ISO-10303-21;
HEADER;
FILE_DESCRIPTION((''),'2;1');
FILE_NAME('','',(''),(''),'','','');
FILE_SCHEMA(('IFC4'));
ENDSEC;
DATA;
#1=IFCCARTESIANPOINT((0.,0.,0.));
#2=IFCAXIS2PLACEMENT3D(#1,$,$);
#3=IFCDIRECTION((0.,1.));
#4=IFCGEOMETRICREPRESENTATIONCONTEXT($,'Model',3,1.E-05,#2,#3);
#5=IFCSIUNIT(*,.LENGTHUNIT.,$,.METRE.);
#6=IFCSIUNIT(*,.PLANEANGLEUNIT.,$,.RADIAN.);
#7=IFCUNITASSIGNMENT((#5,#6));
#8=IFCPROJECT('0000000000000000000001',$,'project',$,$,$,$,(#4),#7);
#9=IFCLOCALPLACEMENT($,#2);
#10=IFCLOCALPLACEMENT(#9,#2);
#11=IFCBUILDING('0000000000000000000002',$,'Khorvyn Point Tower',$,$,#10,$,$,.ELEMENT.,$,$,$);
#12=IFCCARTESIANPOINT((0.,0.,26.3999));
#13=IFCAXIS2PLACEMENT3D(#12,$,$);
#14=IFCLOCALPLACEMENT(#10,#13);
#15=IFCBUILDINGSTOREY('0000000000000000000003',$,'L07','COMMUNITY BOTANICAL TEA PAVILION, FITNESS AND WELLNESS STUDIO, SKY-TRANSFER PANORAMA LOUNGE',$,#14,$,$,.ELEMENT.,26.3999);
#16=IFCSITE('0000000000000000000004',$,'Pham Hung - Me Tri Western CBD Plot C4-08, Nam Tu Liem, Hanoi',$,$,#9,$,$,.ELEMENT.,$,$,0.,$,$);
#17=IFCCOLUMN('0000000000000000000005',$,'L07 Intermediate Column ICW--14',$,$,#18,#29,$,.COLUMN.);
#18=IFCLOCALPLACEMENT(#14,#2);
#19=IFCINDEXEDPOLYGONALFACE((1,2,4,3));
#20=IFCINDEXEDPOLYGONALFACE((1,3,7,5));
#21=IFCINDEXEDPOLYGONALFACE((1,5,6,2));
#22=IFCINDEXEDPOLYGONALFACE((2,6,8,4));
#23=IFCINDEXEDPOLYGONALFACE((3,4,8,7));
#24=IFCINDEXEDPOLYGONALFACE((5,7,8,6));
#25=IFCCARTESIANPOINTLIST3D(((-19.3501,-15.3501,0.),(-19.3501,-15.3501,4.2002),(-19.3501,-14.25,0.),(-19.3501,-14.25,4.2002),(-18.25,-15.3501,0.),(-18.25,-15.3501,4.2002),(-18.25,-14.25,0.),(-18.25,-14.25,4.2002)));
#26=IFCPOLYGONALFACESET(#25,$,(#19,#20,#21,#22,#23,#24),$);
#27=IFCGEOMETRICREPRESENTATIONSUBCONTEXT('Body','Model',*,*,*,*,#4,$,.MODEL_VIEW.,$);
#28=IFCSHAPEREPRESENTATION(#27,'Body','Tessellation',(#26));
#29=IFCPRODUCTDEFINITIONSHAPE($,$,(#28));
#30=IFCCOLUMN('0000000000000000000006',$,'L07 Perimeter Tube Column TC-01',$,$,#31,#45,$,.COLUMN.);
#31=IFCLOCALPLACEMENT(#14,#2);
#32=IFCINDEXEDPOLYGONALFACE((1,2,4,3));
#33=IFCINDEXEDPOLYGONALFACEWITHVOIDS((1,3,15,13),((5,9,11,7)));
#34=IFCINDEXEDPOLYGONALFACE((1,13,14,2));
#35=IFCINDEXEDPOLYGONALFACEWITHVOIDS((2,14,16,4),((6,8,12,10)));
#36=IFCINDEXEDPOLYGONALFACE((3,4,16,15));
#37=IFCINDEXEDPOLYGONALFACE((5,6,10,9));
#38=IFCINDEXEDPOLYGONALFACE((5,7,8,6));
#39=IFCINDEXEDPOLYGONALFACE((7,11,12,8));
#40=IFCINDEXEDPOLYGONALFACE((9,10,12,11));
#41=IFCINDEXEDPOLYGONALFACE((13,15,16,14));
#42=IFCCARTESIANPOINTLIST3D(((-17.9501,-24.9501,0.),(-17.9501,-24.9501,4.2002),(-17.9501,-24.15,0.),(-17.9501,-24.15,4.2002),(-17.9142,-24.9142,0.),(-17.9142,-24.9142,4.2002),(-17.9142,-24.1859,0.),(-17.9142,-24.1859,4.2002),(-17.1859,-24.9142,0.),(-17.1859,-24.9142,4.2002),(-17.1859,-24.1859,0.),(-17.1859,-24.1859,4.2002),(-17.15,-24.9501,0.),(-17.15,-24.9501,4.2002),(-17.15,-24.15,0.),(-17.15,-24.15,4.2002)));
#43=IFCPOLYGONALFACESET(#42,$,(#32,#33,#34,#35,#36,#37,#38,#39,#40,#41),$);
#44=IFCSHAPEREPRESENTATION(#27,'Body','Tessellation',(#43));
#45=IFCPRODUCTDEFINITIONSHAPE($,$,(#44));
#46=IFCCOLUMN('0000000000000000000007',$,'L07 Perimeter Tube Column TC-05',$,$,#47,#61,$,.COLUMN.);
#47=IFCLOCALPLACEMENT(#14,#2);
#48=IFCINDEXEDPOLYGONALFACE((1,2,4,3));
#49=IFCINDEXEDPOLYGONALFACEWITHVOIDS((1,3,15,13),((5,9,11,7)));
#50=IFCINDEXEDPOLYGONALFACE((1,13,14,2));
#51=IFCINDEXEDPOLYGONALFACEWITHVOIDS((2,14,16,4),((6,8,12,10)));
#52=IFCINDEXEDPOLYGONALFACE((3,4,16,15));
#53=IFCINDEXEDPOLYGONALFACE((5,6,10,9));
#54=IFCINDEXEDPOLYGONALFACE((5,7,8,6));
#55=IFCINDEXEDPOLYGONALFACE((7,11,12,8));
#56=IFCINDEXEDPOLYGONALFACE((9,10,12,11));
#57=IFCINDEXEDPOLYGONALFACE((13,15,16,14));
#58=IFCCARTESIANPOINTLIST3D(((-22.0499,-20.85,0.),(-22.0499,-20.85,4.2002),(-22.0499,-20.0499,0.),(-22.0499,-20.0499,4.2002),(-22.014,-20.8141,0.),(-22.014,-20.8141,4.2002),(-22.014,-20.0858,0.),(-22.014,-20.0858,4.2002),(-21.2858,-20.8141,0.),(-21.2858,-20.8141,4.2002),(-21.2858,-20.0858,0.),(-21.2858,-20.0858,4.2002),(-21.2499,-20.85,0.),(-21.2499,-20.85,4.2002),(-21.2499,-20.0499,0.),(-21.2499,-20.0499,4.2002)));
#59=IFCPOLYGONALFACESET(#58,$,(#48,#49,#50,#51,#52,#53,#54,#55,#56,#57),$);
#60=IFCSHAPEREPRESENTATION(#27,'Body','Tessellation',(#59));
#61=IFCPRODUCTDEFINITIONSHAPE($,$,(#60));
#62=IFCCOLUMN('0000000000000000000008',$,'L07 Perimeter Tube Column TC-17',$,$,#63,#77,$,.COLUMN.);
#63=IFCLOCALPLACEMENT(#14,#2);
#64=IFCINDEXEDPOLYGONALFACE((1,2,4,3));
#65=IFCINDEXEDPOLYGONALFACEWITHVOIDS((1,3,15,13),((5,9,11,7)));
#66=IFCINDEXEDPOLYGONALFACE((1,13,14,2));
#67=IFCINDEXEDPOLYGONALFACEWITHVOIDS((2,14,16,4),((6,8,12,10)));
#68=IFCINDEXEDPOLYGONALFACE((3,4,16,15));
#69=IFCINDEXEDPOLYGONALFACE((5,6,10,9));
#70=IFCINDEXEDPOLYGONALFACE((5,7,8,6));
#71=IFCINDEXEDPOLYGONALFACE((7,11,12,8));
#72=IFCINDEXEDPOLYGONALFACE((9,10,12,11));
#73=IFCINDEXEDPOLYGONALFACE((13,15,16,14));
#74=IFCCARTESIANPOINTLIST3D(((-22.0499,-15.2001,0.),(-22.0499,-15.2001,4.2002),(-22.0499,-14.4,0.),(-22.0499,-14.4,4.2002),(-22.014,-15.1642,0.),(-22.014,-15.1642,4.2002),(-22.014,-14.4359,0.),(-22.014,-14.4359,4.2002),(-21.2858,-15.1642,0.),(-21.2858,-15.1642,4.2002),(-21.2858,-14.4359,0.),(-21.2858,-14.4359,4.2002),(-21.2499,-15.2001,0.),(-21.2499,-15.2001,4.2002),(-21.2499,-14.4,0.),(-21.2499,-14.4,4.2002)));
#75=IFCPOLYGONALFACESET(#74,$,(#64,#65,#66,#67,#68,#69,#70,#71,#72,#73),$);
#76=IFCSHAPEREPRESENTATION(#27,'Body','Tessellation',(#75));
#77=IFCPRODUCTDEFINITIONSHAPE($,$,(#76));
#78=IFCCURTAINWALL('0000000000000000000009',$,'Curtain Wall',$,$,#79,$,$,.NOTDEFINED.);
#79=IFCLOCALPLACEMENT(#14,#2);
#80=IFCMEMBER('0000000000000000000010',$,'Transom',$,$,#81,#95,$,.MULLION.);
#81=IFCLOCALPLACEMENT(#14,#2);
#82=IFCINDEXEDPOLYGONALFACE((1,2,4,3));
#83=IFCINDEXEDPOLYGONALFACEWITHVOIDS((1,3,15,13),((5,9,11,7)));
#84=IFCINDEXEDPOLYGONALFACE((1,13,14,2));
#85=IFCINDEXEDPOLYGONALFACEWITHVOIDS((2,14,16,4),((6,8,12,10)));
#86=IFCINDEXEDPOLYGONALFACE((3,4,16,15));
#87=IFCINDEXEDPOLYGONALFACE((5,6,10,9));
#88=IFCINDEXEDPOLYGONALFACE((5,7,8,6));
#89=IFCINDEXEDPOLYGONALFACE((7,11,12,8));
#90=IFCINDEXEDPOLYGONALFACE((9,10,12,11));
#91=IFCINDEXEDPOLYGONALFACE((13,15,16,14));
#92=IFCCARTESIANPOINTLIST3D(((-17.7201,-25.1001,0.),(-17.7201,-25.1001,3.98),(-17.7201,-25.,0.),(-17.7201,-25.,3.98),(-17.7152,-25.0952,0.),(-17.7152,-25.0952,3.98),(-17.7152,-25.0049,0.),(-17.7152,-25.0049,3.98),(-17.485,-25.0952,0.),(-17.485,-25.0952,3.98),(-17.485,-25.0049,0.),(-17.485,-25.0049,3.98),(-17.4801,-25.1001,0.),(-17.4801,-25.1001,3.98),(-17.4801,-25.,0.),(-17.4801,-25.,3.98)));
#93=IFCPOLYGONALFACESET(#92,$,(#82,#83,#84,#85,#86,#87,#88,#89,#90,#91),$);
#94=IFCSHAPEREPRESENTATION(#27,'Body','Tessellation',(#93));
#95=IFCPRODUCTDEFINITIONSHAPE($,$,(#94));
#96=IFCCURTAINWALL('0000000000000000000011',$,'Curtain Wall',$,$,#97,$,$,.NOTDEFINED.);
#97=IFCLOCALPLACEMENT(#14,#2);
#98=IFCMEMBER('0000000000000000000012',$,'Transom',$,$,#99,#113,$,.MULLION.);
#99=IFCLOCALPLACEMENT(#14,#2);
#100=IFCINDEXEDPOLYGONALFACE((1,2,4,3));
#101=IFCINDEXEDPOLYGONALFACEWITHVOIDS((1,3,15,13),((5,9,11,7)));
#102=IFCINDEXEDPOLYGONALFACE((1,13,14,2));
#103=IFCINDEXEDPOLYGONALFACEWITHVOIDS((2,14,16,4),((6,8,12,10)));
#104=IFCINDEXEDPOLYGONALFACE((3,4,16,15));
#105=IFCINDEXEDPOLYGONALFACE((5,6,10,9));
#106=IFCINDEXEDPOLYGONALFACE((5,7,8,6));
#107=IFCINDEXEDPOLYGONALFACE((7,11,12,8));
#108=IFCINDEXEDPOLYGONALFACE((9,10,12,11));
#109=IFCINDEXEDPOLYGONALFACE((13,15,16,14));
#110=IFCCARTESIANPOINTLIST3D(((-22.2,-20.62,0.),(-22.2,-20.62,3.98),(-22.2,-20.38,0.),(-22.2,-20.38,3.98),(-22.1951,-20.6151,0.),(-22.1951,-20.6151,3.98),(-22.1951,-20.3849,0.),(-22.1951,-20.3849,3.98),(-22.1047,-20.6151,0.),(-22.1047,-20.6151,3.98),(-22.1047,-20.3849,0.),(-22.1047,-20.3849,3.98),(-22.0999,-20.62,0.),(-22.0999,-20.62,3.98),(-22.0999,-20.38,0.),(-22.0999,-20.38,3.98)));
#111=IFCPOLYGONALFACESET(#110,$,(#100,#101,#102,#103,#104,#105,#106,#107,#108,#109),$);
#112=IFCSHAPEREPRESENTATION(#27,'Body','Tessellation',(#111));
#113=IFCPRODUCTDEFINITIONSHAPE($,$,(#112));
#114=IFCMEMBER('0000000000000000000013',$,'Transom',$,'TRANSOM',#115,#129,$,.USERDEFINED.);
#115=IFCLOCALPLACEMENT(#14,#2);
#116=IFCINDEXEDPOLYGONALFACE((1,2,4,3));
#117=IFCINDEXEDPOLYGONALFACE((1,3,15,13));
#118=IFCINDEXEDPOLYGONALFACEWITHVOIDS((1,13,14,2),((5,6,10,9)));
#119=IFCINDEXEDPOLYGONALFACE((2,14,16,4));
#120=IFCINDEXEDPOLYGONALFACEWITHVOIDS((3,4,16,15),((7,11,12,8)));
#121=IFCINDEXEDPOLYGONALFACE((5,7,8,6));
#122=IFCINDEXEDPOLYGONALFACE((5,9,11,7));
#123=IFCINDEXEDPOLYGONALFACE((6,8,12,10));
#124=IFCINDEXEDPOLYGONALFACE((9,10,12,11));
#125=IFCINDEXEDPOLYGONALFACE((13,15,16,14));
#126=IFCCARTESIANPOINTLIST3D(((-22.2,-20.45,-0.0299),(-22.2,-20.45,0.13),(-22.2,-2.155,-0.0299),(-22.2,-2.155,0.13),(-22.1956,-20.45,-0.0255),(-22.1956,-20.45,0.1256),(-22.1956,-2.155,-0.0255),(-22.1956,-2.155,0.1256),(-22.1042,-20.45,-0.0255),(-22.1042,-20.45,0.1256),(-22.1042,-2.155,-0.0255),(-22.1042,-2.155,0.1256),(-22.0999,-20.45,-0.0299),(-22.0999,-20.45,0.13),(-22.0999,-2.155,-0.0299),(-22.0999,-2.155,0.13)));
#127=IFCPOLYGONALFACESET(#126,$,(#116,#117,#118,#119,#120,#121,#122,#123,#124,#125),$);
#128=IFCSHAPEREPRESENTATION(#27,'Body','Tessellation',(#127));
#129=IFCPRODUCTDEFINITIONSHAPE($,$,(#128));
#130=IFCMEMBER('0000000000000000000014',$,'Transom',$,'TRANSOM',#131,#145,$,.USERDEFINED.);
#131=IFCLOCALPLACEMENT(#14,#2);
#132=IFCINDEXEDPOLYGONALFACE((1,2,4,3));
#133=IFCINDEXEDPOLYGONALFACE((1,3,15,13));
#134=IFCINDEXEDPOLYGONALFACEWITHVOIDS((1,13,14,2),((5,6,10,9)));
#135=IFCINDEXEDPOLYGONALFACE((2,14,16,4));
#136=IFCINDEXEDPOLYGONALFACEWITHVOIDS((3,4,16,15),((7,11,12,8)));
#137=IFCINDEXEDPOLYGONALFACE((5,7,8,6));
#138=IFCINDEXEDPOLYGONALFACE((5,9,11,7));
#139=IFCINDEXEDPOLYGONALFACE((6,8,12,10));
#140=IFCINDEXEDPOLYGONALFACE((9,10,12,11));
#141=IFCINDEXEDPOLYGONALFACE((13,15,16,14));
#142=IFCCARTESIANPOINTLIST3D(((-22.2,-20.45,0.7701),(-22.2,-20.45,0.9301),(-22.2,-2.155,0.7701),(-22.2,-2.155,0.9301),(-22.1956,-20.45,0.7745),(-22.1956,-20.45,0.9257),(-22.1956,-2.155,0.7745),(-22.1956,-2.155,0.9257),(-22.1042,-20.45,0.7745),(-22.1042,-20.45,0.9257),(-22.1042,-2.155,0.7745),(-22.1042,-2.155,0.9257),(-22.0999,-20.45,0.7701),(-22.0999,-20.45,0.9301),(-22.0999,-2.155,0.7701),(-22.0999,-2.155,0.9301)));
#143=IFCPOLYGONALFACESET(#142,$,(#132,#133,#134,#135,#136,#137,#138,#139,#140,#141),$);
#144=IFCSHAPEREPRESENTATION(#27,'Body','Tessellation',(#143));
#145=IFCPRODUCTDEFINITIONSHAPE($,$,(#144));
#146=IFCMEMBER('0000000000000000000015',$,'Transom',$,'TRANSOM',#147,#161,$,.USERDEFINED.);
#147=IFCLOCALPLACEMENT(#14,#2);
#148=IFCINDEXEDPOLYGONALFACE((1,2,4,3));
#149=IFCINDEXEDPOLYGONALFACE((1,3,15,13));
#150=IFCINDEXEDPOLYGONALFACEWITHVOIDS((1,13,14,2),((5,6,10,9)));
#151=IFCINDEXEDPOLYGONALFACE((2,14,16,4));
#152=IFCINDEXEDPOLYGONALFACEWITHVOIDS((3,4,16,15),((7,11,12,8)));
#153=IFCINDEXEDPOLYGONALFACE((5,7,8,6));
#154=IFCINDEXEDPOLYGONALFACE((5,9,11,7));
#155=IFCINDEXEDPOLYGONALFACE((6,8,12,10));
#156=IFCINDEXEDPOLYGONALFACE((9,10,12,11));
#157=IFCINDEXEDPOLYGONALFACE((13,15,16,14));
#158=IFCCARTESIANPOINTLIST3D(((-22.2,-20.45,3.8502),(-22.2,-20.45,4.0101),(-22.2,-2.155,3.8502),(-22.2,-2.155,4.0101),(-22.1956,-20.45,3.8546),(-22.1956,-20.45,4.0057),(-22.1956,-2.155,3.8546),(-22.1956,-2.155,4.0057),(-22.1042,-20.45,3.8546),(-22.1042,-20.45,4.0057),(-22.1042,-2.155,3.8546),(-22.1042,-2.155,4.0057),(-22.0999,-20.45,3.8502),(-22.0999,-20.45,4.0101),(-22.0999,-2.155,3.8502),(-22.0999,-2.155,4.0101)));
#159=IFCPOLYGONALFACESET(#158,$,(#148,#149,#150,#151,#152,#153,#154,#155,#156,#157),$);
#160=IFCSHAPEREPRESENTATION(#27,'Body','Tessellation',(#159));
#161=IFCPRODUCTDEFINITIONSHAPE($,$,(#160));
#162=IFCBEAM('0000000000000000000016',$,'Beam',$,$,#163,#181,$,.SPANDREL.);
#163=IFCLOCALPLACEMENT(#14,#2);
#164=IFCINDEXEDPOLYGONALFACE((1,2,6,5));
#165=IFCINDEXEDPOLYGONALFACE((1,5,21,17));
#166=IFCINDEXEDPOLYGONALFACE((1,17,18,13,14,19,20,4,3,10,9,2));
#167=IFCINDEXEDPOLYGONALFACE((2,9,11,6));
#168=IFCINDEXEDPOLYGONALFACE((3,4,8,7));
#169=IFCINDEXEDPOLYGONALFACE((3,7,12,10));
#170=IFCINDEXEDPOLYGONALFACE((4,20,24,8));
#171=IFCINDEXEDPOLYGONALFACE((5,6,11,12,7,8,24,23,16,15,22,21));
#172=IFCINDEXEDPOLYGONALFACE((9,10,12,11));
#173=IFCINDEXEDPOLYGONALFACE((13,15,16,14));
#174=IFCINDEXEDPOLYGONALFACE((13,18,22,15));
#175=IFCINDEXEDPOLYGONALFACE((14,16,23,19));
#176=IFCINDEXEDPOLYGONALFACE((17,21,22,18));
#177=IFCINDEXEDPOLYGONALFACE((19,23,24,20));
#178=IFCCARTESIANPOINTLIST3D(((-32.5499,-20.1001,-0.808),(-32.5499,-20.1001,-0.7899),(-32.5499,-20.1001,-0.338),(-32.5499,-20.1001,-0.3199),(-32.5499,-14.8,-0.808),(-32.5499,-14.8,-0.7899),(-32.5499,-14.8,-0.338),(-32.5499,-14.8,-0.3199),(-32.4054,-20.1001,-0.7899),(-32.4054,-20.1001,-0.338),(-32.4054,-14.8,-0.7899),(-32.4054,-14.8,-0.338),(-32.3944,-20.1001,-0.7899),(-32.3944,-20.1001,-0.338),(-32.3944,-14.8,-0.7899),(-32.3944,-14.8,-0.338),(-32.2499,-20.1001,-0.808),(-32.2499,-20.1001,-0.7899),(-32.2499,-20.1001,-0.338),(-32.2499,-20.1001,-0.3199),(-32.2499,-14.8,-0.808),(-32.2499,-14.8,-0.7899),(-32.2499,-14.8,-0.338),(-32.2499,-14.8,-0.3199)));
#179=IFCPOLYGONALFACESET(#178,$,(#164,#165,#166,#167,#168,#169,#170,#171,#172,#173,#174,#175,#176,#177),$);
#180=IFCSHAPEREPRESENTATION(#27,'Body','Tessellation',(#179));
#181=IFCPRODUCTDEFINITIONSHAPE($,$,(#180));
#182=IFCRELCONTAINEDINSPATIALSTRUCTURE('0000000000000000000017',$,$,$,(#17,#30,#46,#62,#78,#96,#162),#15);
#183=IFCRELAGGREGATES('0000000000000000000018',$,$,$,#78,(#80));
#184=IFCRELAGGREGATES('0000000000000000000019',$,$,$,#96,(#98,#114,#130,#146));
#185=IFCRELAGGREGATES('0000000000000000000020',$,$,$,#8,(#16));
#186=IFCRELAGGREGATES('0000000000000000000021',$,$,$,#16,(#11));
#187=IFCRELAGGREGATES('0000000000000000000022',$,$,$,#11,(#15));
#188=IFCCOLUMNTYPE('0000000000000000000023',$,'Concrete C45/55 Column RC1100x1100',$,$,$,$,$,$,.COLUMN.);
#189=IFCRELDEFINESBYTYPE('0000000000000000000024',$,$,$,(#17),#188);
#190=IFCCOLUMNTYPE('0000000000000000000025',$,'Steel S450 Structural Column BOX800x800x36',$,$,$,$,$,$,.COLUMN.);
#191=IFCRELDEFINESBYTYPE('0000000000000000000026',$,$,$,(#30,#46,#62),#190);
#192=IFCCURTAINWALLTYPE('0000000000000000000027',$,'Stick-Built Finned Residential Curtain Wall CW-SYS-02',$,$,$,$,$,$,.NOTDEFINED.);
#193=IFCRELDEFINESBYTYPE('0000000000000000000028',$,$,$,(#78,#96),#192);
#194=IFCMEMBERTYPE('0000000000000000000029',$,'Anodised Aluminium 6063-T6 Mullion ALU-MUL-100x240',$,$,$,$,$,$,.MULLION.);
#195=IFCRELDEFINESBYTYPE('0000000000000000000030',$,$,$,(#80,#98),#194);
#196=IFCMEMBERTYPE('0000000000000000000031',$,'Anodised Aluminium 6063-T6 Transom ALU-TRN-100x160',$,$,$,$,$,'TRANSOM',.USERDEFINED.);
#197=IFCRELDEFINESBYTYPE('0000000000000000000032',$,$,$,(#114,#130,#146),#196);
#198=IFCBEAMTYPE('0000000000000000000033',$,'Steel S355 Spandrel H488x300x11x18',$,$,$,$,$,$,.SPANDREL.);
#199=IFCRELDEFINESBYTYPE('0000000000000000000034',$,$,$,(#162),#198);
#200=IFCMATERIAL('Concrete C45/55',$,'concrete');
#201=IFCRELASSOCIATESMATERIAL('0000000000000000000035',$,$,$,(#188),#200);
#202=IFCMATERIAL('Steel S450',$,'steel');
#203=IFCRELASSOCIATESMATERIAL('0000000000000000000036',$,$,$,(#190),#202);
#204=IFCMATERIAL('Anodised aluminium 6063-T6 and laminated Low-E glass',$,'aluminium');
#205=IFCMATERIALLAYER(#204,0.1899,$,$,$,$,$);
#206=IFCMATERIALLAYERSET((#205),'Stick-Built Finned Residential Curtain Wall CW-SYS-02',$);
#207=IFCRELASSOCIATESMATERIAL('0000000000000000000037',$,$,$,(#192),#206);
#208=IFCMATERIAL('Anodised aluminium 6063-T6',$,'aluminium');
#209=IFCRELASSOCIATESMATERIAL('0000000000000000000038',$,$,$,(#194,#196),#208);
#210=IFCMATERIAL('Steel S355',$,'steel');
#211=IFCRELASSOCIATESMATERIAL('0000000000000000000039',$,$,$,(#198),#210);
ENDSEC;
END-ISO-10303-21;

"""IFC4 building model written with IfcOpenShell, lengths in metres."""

from ifc_helpers import new_model, si_unit, direction, frame, origin, origin_2d, place, context, subcontext, project, spatial, rectangle, hollow_rectangle, i_section, extrude, material, layer, layer_set, material_profile, profile_set, type_object, element, aggregate, save


model = new_model("IFC4")

# Units and contexts
model_context = context("Model", 3, precision=1e-05, world=origin(), true_north=direction((0.0, 1.0)))
body_context = subcontext(model_context, "Body", "Model", "MODEL_VIEW")
ifc_project = project(units=[si_unit("LENGTHUNIT", "METRE"), si_unit("PLANEANGLEUNIT", "RADIAN")], contexts=[model_context])

# Site, building, storey
site_placement = place(None, origin())
site = spatial("IfcSite", under=ifc_project, at=site_placement, Name="Pham Hung - Me Tri Western CBD Plot C4-08, Nam Tu Liem, Hanoi", CompositionType="ELEMENT", RefElevation=0.0)
building_placement = place(site_placement, origin())
building = spatial("IfcBuilding", under=site, at=building_placement, Name="Khorvyn Point Tower", CompositionType="ELEMENT")
storey_placement = place(building_placement, frame((0.0, 0.0, 26.3999)))
storey = spatial("IfcBuildingStorey", under=building, at=storey_placement, Name="L07", Description="COMMUNITY BOTANICAL TEA PAVILION, FITNESS AND WELLNESS STUDIO, SKY-TRANSFER PANORAMA LOUNGE", CompositionType="ELEMENT", Elevation=26.3999)

# Columns
ifc_material_1 = material(Name="Concrete C45/55", Category="concrete")
ifc_material_profile_1 = material_profile(ifc_material_1, rectangle(XDim=1.1001, YDim=1.1001, at=origin_2d()))
ifc_profile_set_1 = profile_set([ifc_material_profile_1], Name="Concrete C45/55 RC1100x1100")
column_type_1 = type_object("IfcColumnType", Name="Concrete C45/55 Column RC1100x1100", PredefinedType="COLUMN", material=ifc_profile_set_1)
column_placement = place(storey_placement, frame((-18.8, -14.8, 0.0), z_axis=(0.0, 0.0, 1.0), x_axis=(1.0, 0.0, 0.0)))
element("IfcColumn", 1, at=column_placement, inside=storey, type_object=column_type_1, Name="L07 Intermediate Column ICW--14", PredefinedType="COLUMN", context=body_context, shape_type="SweptSolid", body=[
    extrude(rectangle(XDim=1.1001, YDim=1.1001, at=origin_2d()), origin(), (0.0, 0.0, 1.0), 4.2002),
])
ifc_material_2 = material(Name="Steel S450", Category="steel")
ifc_material_profile_2 = material_profile(ifc_material_2, hollow_rectangle(XDim=0.8, YDim=0.8, WallThickness=0.0359, at=origin_2d()))
ifc_profile_set_2 = profile_set([ifc_material_profile_2], Name="Steel S450 BOX800x800x36")
column_type_2 = type_object("IfcColumnType", Name="Steel S450 Structural Column BOX800x800x36", PredefinedType="COLUMN", material=ifc_profile_set_2)
for number, where, z_axis, x_axis, name in (
    (2, (-17.55, -24.55, 0.0), (0.0, 0.0, 1.0), (1.0, 0.0, 0.0), "L07 Perimeter Tube Column TC-01"),
    (3, (-21.6499, -20.45, 0.0), (0.0, 0.0, 1.0), (1.0, 0.0, 0.0), "L07 Perimeter Tube Column TC-05"),
    (4, (-21.6499, -14.8, 0.0), (0.0, 0.0, 1.0), (1.0, 0.0, 0.0), "L07 Perimeter Tube Column TC-17"),
):
    element("IfcColumn", number, at=place(storey_placement, frame(where, z_axis=z_axis, x_axis=x_axis)), inside=storey, type_object=column_type_2, Name=name, PredefinedType="COLUMN", context=body_context, shape_type="SweptSolid", body=[
        extrude(hollow_rectangle(XDim=0.8, YDim=0.8, WallThickness=0.0359, at=origin_2d()), origin(), (0.0, 0.0, 1.0), 4.2002),
    ])

# Curtain wall, member
ifc_material_3 = material(Name="Anodised aluminium 6063-T6 and laminated Low-E glass", Category="aluminium")
ifc_layer_1 = layer(ifc_material_3, 0.1899)
ifc_layer_set_1 = layer_set([ifc_layer_1], Name="Stick-Built Finned Residential Curtain Wall CW-SYS-02")
curtain_wall_type = type_object("IfcCurtainWallType", Name="Stick-Built Finned Residential Curtain Wall CW-SYS-02", PredefinedType="NOTDEFINED", material=ifc_layer_set_1)
curtain_wall_1_placement = place(storey_placement, origin())
curtain_wall_1 = element("IfcCurtainWall", 5, at=curtain_wall_1_placement, inside=storey, type_object=curtain_wall_type, Name="Curtain Wall", PredefinedType="NOTDEFINED")
ifc_material_4 = material(Name="Anodised aluminium 6063-T6", Category="aluminium")
ifc_material_profile_3 = material_profile(ifc_material_4, hollow_rectangle(XDim=0.1001, YDim=0.24, WallThickness=0.0049, at=origin_2d()))
ifc_profile_set_3 = profile_set([ifc_material_profile_3], Name="Anodised aluminium 6063-T6 ALU-MUL-100x240")
member_type_1 = type_object("IfcMemberType", Name="Anodised Aluminium 6063-T6 Mullion ALU-MUL-100x240", PredefinedType="MULLION", material=ifc_profile_set_3)
member_1_placement = place(storey_placement, frame((-17.6001, -25.05, 0.0), z_axis=(0.0, 0.0, 1.0), x_axis=(0.0, -1.0, 0.0)))
member_1 = element("IfcMember", 6, at=member_1_placement, type_object=member_type_1, Name="Transom", PredefinedType="MULLION", context=body_context, shape_type="SweptSolid", body=[
    extrude(hollow_rectangle(XDim=0.1001, YDim=0.24, WallThickness=0.0049, at=origin_2d()), origin(), (0.0, 0.0, 1.0), 3.98),
])
aggregate(curtain_wall_1, [member_1])

# Curtain wall, members
curtain_wall_2_placement = place(storey_placement, origin())
curtain_wall_2 = element("IfcCurtainWall", 7, at=curtain_wall_2_placement, inside=storey, type_object=curtain_wall_type, Name="Curtain Wall", PredefinedType="NOTDEFINED")
member_2_placement = place(storey_placement, frame((-22.1499, -20.5, 0.0), z_axis=(0.0, 0.0, 1.0), x_axis=(-1.0, 0.0, 0.0)))
member_2 = element("IfcMember", 8, at=member_2_placement, type_object=member_type_1, Name="Transom", PredefinedType="MULLION", context=body_context, shape_type="SweptSolid", body=[
    extrude(hollow_rectangle(XDim=0.1001, YDim=0.24, WallThickness=0.0049, at=origin_2d()), origin(), (0.0, 0.0, 1.0), 3.98),
])
ifc_material_profile_4 = material_profile(ifc_material_4, hollow_rectangle(XDim=0.1001, YDim=0.1599, WallThickness=0.0044, at=origin_2d()))
ifc_profile_set_4 = profile_set([ifc_material_profile_4], Name="Anodised aluminium 6063-T6 ALU-TRN-100x160")
member_type_2 = type_object("IfcMemberType", Name="Anodised Aluminium 6063-T6 Transom ALU-TRN-100x160", ElementType="TRANSOM", PredefinedType="USERDEFINED", material=ifc_profile_set_4)
member_3_placement = place(storey_placement, frame((-22.1499, -20.45, 0.05), z_axis=(0.0, 1.0, 0.0), x_axis=(-1.0, 0.0, 0.0)))
member_3 = element("IfcMember", 9, at=member_3_placement, type_object=member_type_2, Name="Transom", ObjectType="TRANSOM", PredefinedType="USERDEFINED", context=body_context, shape_type="SweptSolid", body=[
    extrude(hollow_rectangle(XDim=0.1001, YDim=0.1599, WallThickness=0.0044, at=origin_2d()), origin(), (0.0, 0.0, 1.0), 18.2949),
])
member_4_placement = place(storey_placement, frame((-22.1499, -20.45, 0.8501), z_axis=(0.0, 1.0, 0.0), x_axis=(-1.0, 0.0, 0.0)))
member_4 = element("IfcMember", 10, at=member_4_placement, type_object=member_type_2, Name="Transom", ObjectType="TRANSOM", PredefinedType="USERDEFINED", context=body_context, shape_type="SweptSolid", body=[
    extrude(hollow_rectangle(XDim=0.1001, YDim=0.1599, WallThickness=0.0044, at=origin_2d()), origin(), (0.0, 0.0, 1.0), 18.2949),
])
member_5_placement = place(storey_placement, frame((-22.1499, -20.45, 3.9302), z_axis=(0.0, 1.0, 0.0), x_axis=(-1.0, 0.0, 0.0)))
member_5 = element("IfcMember", 11, at=member_5_placement, type_object=member_type_2, Name="Transom", ObjectType="TRANSOM", PredefinedType="USERDEFINED", context=body_context, shape_type="SweptSolid", body=[
    extrude(hollow_rectangle(XDim=0.1001, YDim=0.1599, WallThickness=0.0044, at=origin_2d()), origin(), (0.0, 0.0, 1.0), 18.2949),
])
aggregate(curtain_wall_2, [member_2, member_3, member_4, member_5])

# Beam
ifc_material_5 = material(Name="Steel S355", Category="steel")
ifc_material_profile_5 = material_profile(ifc_material_5, i_section(OverallWidth=0.3, OverallDepth=0.488, WebThickness=0.011, FlangeThickness=0.0181, at=origin_2d()))
ifc_profile_set_5 = profile_set([ifc_material_profile_5], Name="Steel S355 H488x300x11x18")
beam_type_1 = type_object("IfcBeamType", Name="Steel S355 Spandrel H488x300x11x18", PredefinedType="SPANDREL", material=ifc_profile_set_5)
beam_1_placement = place(storey_placement, frame((-32.3999, -20.1001, -0.564), z_axis=(0.0, 1.0, 0.0), x_axis=(-1.0, 0.0, 0.0)))
element("IfcBeam", 12, at=beam_1_placement, inside=storey, type_object=beam_type_1, Name="Beam", PredefinedType="SPANDREL", context=body_context, shape_type="SweptSolid", body=[
    extrude(i_section(OverallWidth=0.3, OverallDepth=0.488, WebThickness=0.011, FlangeThickness=0.0181, at=origin_2d()), origin(), (0.0, 0.0, 1.0), 5.3),
])

save(model, "model.ifc")
